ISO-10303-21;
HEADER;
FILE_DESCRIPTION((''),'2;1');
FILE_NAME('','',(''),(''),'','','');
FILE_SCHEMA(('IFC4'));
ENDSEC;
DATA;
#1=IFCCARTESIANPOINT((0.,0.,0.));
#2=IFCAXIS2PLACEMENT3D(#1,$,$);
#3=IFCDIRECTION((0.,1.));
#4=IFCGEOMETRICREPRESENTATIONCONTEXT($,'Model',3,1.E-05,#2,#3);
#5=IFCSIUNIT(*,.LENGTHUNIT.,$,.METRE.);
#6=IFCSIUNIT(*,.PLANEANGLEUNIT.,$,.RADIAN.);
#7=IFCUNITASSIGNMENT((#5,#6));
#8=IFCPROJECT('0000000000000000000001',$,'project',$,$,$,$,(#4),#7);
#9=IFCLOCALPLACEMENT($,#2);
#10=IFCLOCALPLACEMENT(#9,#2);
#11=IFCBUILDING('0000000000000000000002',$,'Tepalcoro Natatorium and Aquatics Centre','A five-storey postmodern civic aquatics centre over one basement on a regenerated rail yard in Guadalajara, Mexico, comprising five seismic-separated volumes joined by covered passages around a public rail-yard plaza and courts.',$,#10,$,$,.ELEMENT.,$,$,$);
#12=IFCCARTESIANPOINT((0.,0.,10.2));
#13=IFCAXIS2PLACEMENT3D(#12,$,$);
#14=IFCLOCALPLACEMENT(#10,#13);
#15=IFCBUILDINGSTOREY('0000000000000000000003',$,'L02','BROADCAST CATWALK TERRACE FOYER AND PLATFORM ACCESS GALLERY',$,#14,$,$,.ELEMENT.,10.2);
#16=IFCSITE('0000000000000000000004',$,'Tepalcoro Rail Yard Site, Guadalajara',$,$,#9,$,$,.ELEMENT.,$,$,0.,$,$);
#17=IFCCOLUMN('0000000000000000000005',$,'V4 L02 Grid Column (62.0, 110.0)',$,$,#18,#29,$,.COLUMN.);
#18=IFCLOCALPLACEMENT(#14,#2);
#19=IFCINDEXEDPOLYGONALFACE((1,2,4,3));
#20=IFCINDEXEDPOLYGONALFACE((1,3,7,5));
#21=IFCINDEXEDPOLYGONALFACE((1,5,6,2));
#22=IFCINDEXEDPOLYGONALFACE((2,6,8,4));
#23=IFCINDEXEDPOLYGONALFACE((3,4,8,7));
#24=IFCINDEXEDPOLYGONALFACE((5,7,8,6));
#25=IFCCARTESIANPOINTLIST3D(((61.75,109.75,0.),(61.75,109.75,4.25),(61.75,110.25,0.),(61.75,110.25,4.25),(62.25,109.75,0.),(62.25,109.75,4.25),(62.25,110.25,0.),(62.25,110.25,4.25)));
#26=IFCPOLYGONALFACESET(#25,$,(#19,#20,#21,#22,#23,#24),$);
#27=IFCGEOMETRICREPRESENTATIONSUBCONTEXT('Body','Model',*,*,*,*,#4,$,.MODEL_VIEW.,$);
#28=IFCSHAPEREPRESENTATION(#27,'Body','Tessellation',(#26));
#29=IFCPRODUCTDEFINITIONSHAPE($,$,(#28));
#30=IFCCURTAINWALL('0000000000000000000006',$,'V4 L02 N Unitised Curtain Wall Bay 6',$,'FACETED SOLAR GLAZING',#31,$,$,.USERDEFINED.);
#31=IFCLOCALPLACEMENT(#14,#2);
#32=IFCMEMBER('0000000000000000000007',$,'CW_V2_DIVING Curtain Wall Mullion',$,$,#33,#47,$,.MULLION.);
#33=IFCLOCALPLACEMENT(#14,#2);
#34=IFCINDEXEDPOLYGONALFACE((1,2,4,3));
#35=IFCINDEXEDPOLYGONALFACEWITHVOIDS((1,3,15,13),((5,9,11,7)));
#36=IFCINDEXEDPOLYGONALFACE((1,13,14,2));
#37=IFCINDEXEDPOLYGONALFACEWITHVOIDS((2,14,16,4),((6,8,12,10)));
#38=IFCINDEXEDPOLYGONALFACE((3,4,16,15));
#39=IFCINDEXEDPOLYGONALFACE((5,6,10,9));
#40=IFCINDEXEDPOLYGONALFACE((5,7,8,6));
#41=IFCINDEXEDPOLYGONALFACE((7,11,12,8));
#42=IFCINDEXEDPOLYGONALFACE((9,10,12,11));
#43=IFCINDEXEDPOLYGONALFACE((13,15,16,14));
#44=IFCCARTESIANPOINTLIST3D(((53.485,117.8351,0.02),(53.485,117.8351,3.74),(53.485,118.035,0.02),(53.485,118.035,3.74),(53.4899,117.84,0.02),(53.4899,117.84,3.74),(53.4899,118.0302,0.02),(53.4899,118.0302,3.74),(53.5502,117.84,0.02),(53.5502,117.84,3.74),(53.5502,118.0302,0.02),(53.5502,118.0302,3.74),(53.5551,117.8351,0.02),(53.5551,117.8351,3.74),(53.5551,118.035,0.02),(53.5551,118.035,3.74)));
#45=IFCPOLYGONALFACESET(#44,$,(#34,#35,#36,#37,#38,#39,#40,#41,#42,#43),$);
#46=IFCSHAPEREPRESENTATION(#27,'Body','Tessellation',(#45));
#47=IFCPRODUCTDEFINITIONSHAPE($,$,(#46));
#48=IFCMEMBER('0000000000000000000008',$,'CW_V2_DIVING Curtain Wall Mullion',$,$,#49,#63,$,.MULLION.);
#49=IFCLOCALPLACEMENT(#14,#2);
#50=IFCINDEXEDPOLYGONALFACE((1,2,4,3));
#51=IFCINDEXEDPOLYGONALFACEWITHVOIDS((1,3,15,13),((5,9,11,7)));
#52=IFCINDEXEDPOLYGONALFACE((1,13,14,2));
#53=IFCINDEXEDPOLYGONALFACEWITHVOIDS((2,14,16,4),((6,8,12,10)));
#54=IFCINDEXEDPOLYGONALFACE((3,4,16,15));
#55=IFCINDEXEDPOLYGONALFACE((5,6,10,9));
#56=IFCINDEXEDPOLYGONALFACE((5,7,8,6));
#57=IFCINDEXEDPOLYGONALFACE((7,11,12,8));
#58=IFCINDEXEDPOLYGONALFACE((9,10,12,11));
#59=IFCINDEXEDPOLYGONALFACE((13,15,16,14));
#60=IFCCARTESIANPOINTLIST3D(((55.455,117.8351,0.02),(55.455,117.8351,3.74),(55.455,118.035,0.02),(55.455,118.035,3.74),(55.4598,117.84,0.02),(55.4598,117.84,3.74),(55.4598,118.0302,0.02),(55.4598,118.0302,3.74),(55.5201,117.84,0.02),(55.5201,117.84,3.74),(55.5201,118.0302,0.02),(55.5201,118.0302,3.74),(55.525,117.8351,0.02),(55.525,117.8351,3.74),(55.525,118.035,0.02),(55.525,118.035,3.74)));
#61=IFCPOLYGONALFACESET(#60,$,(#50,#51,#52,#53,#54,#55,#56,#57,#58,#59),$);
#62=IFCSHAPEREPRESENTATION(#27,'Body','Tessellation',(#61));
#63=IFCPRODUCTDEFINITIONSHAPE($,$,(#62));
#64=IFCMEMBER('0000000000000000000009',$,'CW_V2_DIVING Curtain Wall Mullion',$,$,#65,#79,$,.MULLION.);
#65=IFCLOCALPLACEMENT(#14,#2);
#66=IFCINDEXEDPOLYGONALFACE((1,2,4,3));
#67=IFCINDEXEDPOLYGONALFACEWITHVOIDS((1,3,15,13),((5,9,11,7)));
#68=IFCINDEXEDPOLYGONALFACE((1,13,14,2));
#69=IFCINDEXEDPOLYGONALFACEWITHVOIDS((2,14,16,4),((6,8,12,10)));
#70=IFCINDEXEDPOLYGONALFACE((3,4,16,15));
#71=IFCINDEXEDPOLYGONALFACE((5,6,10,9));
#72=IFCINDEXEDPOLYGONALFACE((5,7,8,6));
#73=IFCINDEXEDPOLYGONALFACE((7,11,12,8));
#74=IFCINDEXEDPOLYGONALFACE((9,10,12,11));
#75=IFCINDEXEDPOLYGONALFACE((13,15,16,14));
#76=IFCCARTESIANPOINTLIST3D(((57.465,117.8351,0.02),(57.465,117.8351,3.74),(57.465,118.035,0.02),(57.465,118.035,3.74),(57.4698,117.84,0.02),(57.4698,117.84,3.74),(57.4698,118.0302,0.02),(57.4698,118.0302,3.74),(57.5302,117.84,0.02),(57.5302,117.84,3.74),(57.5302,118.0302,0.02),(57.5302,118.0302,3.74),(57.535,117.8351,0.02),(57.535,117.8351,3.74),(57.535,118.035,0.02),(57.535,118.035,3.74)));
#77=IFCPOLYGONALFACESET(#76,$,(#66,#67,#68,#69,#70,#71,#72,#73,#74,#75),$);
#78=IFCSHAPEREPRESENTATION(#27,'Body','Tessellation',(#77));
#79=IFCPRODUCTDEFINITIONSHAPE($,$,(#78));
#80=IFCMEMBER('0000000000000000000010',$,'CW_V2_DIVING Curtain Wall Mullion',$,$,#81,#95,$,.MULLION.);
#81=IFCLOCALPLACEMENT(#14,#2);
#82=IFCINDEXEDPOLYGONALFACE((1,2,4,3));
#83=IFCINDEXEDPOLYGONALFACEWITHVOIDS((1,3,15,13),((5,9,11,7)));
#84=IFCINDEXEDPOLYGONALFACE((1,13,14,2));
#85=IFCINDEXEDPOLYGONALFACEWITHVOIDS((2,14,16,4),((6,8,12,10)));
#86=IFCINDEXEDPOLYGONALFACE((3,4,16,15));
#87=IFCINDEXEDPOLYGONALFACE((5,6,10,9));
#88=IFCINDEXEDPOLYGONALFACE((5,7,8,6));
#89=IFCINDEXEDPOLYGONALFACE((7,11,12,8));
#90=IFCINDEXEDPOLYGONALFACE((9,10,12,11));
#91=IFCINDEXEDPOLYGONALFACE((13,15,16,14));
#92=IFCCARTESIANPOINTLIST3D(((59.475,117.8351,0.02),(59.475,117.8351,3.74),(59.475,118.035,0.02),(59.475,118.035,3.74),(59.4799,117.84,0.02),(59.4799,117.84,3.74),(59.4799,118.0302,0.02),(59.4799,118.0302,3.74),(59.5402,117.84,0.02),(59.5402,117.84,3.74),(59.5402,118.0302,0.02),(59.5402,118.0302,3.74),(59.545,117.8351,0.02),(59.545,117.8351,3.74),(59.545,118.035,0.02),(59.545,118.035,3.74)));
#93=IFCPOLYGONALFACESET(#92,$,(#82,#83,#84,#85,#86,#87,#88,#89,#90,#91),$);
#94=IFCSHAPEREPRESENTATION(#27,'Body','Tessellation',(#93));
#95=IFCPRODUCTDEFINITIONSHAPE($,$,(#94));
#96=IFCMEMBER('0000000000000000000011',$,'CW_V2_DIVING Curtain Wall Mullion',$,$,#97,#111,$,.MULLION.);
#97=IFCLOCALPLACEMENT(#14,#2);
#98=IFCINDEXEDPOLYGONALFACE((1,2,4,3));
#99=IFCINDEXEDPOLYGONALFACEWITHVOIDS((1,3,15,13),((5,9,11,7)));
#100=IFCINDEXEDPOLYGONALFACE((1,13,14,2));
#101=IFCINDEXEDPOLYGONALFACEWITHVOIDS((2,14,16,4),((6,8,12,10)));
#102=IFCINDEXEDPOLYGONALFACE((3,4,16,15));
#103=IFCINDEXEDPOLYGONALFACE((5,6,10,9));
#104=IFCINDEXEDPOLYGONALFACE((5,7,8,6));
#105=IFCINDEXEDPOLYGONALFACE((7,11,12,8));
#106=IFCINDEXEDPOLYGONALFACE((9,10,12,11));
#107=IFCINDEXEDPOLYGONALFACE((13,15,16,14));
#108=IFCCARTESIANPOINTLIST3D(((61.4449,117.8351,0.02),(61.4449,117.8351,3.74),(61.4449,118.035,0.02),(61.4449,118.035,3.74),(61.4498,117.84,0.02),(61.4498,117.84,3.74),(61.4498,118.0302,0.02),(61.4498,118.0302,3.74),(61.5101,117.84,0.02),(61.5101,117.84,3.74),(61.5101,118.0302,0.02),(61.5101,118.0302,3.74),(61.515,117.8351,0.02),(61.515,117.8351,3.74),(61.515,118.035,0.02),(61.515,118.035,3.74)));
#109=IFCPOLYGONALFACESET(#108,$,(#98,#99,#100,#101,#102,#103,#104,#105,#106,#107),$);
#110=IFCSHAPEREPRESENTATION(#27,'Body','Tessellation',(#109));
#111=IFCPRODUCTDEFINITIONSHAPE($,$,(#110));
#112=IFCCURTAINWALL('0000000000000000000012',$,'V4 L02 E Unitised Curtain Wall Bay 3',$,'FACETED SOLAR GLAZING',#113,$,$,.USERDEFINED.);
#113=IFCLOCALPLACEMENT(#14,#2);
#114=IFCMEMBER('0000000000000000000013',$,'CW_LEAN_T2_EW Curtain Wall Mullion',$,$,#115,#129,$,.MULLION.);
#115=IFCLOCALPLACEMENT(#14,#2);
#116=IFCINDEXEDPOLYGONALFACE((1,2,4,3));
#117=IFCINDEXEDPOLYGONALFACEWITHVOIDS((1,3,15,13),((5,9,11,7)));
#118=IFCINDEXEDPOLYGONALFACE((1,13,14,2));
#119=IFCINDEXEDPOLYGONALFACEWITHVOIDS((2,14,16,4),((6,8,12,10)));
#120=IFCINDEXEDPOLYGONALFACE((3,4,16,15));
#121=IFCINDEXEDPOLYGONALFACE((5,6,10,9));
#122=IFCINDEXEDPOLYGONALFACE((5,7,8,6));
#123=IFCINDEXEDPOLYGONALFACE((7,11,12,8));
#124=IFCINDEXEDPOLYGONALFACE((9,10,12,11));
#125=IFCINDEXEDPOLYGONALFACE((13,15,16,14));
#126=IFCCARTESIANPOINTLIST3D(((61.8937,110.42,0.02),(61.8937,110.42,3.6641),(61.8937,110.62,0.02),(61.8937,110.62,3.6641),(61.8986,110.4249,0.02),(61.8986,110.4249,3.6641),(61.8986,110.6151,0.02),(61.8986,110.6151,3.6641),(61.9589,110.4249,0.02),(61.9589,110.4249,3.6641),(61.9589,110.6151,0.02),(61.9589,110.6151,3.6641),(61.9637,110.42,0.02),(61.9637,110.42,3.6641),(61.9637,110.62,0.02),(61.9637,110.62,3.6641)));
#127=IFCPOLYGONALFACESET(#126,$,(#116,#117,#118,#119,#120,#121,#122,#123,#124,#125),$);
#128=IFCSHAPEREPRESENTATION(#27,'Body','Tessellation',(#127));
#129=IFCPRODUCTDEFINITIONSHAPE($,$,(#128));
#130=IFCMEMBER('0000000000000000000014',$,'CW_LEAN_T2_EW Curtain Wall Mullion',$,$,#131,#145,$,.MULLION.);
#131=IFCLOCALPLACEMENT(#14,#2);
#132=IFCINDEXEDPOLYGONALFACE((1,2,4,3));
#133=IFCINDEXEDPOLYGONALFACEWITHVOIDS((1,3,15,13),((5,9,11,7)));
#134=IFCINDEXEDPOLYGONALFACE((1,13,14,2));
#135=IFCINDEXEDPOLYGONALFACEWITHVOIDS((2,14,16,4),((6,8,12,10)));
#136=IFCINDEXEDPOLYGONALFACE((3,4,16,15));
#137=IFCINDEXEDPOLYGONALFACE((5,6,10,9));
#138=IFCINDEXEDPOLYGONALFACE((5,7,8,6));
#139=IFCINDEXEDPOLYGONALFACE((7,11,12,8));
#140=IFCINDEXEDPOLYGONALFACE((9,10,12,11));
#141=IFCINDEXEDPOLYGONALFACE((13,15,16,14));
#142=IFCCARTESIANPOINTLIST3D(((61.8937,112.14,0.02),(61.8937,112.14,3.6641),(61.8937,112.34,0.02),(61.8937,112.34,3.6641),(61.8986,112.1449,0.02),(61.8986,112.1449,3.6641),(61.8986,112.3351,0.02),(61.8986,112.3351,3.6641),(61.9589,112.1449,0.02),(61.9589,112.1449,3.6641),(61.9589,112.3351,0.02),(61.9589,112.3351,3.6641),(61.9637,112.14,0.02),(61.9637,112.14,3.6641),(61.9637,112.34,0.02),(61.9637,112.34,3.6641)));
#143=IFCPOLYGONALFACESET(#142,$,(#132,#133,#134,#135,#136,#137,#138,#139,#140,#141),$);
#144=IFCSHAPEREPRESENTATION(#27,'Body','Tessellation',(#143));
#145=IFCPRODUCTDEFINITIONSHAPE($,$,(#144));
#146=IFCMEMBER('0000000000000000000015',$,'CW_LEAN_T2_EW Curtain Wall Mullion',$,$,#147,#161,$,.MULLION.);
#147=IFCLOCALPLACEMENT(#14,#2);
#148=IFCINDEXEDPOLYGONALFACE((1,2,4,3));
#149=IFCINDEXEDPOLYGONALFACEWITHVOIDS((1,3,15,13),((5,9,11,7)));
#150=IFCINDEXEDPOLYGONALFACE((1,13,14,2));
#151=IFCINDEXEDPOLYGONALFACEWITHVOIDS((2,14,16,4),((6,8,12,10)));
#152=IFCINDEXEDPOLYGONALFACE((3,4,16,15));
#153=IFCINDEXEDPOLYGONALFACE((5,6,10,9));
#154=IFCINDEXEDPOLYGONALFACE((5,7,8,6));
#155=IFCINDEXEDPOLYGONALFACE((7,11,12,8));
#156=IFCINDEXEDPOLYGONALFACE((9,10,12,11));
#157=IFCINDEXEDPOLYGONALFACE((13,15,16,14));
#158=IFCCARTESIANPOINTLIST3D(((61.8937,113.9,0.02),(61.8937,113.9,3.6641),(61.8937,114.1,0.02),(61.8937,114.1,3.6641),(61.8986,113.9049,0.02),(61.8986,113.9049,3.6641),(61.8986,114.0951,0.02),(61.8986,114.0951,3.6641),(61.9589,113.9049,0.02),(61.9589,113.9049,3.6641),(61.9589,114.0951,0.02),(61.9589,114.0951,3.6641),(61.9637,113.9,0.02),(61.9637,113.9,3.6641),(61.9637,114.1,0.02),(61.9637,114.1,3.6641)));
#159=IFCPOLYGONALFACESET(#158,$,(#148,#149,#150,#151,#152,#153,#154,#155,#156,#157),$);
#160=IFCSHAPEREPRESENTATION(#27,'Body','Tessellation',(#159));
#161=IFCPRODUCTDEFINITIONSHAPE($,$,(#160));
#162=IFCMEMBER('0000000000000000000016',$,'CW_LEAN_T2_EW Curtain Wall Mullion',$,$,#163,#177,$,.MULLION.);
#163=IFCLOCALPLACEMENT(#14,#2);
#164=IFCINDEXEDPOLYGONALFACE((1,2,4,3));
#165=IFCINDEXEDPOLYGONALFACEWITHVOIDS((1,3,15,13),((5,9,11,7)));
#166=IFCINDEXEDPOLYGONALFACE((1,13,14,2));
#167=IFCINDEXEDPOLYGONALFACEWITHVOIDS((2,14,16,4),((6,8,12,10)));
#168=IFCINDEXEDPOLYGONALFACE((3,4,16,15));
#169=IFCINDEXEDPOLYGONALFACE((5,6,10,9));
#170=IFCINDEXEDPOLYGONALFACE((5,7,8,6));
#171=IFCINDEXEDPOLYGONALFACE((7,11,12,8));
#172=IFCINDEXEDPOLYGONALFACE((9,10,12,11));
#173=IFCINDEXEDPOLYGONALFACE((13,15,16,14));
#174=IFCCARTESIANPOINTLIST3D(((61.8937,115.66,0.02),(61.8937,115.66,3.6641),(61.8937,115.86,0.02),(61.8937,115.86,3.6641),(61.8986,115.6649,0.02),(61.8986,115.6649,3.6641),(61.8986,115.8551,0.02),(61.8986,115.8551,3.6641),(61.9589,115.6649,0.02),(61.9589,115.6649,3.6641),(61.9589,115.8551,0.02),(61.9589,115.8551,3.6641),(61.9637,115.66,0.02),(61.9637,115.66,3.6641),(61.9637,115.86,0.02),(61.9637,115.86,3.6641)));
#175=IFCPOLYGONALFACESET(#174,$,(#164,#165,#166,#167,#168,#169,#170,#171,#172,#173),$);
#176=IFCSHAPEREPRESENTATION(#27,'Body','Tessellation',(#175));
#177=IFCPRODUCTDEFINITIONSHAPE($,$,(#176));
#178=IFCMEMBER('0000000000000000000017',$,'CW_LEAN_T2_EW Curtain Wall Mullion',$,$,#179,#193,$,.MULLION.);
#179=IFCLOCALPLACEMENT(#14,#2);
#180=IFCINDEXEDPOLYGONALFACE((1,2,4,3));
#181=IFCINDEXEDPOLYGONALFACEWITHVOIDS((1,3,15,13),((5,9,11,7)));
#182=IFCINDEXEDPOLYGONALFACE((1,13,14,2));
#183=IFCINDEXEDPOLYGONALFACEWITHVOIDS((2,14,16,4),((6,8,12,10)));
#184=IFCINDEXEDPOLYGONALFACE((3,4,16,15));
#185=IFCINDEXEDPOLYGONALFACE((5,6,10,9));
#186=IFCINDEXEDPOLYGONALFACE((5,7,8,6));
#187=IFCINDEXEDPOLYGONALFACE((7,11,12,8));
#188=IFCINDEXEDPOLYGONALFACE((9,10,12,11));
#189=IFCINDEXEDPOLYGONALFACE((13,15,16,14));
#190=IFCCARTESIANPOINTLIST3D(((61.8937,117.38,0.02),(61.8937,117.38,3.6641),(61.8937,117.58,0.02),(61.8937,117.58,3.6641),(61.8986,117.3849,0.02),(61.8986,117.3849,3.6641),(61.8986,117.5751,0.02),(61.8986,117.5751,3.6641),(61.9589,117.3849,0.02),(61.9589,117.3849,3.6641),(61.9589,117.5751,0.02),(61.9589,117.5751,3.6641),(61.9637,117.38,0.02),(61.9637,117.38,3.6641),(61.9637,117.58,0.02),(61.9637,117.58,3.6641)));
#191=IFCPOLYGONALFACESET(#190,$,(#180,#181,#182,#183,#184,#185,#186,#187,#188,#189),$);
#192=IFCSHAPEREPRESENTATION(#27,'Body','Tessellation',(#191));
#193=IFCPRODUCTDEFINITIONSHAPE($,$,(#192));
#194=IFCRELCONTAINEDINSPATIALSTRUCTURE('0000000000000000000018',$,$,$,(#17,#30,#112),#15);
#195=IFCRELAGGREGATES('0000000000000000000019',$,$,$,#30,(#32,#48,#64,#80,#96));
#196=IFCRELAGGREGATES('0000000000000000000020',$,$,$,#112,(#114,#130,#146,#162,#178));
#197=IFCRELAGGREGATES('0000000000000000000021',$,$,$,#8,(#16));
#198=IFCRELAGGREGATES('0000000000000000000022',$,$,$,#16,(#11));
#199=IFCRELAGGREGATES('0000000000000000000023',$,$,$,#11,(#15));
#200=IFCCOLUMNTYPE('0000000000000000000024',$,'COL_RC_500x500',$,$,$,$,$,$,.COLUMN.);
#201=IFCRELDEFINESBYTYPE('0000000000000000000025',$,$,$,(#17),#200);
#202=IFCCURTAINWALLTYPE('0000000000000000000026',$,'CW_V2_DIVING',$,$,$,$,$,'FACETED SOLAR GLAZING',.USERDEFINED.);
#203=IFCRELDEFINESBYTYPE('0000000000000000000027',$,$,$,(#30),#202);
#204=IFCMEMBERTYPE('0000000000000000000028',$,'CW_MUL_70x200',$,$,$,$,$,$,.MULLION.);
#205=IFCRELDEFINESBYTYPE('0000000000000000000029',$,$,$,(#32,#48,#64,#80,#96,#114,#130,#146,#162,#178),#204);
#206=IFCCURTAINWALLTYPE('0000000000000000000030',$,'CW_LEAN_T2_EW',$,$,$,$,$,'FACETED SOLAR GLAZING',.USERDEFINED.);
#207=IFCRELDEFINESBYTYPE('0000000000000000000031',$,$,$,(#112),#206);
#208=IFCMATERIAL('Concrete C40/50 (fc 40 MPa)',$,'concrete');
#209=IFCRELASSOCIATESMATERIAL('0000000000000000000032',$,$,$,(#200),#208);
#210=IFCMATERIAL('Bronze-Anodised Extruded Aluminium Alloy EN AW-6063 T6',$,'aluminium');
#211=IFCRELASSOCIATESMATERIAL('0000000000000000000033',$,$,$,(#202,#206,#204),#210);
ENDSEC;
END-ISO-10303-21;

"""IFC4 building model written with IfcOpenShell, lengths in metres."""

from ifc_helpers import new_model, si_unit, direction, frame, origin, origin_2d, place, context, subcontext, project, spatial, rectangle, hollow_rectangle, extrude, material, material_profile, profile_set, type_object, element, aggregate, save


model = new_model("IFC4")

# Units and contexts
model_context = context("Model", 3, precision=1e-05, world=origin(), true_north=direction((0.0, 1.0)))
body_context = subcontext(model_context, "Body", "Model", "MODEL_VIEW")
ifc_project = project(units=[si_unit("LENGTHUNIT", "METRE"), si_unit("PLANEANGLEUNIT", "RADIAN")], contexts=[model_context])

# Site, building, storey
site_placement = place(None, origin())
site = spatial("IfcSite", under=ifc_project, at=site_placement, Name="Tepalcoro Rail Yard Site, Guadalajara", CompositionType="ELEMENT", RefElevation=0.0)
building_placement = place(site_placement, origin())
building = spatial("IfcBuilding", under=site, at=building_placement, Name="Tepalcoro Natatorium and Aquatics Centre", Description="A five-storey postmodern civic aquatics centre over one basement on a regenerated rail yard in Guadalajara, Mexico, comprising five seismic-separated volumes joined by covered passages around a public rail-yard plaza and courts.", CompositionType="ELEMENT")
storey_placement = place(building_placement, frame((0.0, 0.0, 10.2)))
storey = spatial("IfcBuildingStorey", under=building, at=storey_placement, Name="L02", Description="BROADCAST CATWALK TERRACE FOYER AND PLATFORM ACCESS GALLERY", CompositionType="ELEMENT", Elevation=10.2)

# Column
ifc_material_1 = material(Name="Concrete C40/50 (fc 40 MPa)", Category="concrete")
ifc_material_profile_1 = material_profile(ifc_material_1, rectangle(XDim=0.5, YDim=0.5, at=origin_2d()), Name="RC500x500")
ifc_profile_set_1 = profile_set([ifc_material_profile_1], Name="Concrete C40/50 (fc 40 MPa)")
column_type = type_object("IfcColumnType", Name="COL_RC_500x500", PredefinedType="COLUMN", material=ifc_profile_set_1)
column_placement = place(storey_placement, frame((62.0, 110.0, 0.0), z_axis=(0.0, 0.0, 1.0), x_axis=(1.0, 0.0, 0.0)))
element("IfcColumn", 1, at=column_placement, inside=storey, type_object=column_type, Name="V4 L02 Grid Column (62.0, 110.0)", PredefinedType="COLUMN", context=body_context, shape_type="SweptSolid", body=[
    extrude(rectangle(XDim=0.5, YDim=0.5, at=origin_2d()), origin(), (0.0, 0.0, 1.0), 4.25),
])

# Curtain walls, members
ifc_material_2 = material(Name="Bronze-Anodised Extruded Aluminium Alloy EN AW-6063 T6", Category="aluminium")
curtain_wall_type_1 = type_object("IfcCurtainWallType", Name="CW_V2_DIVING", ElementType="FACETED SOLAR GLAZING", PredefinedType="USERDEFINED", material=ifc_material_2)
curtain_wall_1_placement = place(storey_placement, origin())
curtain_wall_1 = element("IfcCurtainWall", 2, at=curtain_wall_1_placement, inside=storey, type_object=curtain_wall_type_1, Name="V4 L02 N Unitised Curtain Wall Bay 6", ObjectType="FACETED SOLAR GLAZING", PredefinedType="USERDEFINED")
ifc_material_profile_2 = material_profile(ifc_material_2, hollow_rectangle(XDim=0.0701, YDim=0.2, WallThickness=0.0049, at=origin_2d()), Name="AL70X200X5")
ifc_profile_set_2 = profile_set([ifc_material_profile_2], Name="Bronze-Anodised Extruded Aluminium Alloy EN AW-6063 T6")
member_type_1 = type_object("IfcMemberType", Name="CW_MUL_70x200", PredefinedType="MULLION", material=ifc_profile_set_2)
member_1_placement = place(storey_placement, frame((53.52, 117.9351, 0.02), z_axis=(0.0, 0.0, 1.0), x_axis=(1.0, 0.0, 0.0)))
member_1 = element("IfcMember", 3, at=member_1_placement, type_object=member_type_1, Name="CW_V2_DIVING Curtain Wall Mullion", PredefinedType="MULLION", context=body_context, shape_type="SweptSolid", body=[
    extrude(hollow_rectangle(XDim=0.0701, YDim=0.2, WallThickness=0.0049, at=origin_2d()), origin(), (0.0, 0.0, 1.0), 3.72),
])
member_2_placement = place(storey_placement, frame((55.49, 117.9351, 0.02), z_axis=(0.0, 0.0, 1.0), x_axis=(1.0, 0.0, 0.0)))
member_2 = element("IfcMember", 4, at=member_2_placement, type_object=member_type_1, Name="CW_V2_DIVING Curtain Wall Mullion", PredefinedType="MULLION", context=body_context, shape_type="SweptSolid", body=[
    extrude(hollow_rectangle(XDim=0.0701, YDim=0.2, WallThickness=0.0049, at=origin_2d()), origin(), (0.0, 0.0, 1.0), 3.72),
])
member_3_placement = place(storey_placement, frame((57.5, 117.9351, 0.02), z_axis=(0.0, 0.0, 1.0), x_axis=(1.0, 0.0, 0.0)))
member_3 = element("IfcMember", 5, at=member_3_placement, type_object=member_type_1, Name="CW_V2_DIVING Curtain Wall Mullion", PredefinedType="MULLION", context=body_context, shape_type="SweptSolid", body=[
    extrude(hollow_rectangle(XDim=0.0701, YDim=0.2, WallThickness=0.0049, at=origin_2d()), origin(), (0.0, 0.0, 1.0), 3.72),
])
member_4_placement = place(storey_placement, frame((59.51, 117.9351, 0.02), z_axis=(0.0, 0.0, 1.0), x_axis=(1.0, 0.0, 0.0)))
member_4 = element("IfcMember", 6, at=member_4_placement, type_object=member_type_1, Name="CW_V2_DIVING Curtain Wall Mullion", PredefinedType="MULLION", context=body_context, shape_type="SweptSolid", body=[
    extrude(hollow_rectangle(XDim=0.0701, YDim=0.2, WallThickness=0.0049, at=origin_2d()), origin(), (0.0, 0.0, 1.0), 3.72),
])
member_5_placement = place(storey_placement, frame((61.48, 117.9351, 0.02), z_axis=(0.0, 0.0, 1.0), x_axis=(1.0, 0.0, 0.0)))
member_5 = element("IfcMember", 7, at=member_5_placement, type_object=member_type_1, Name="CW_V2_DIVING Curtain Wall Mullion", PredefinedType="MULLION", context=body_context, shape_type="SweptSolid", body=[
    extrude(hollow_rectangle(XDim=0.0701, YDim=0.2, WallThickness=0.0049, at=origin_2d()), origin(), (0.0, 0.0, 1.0), 3.72),
])
curtain_wall_type_2 = type_object("IfcCurtainWallType", Name="CW_LEAN_T2_EW", ElementType="FACETED SOLAR GLAZING", PredefinedType="USERDEFINED", material=ifc_material_2)
curtain_wall_2_placement = place(storey_placement, origin())
curtain_wall_2 = element("IfcCurtainWall", 8, at=curtain_wall_2_placement, inside=storey, type_object=curtain_wall_type_2, Name="V4 L02 E Unitised Curtain Wall Bay 3", ObjectType="FACETED SOLAR GLAZING", PredefinedType="USERDEFINED")
member_6_placement = place(storey_placement, frame((61.9287, 110.52, 0.02), z_axis=(0.0, 0.0, 1.0), x_axis=(1.0, 0.0, 0.0)))
member_6 = element("IfcMember", 9, at=member_6_placement, type_object=member_type_1, Name="CW_LEAN_T2_EW Curtain Wall Mullion", PredefinedType="MULLION", context=body_context, shape_type="SweptSolid", body=[
    extrude(hollow_rectangle(XDim=0.0701, YDim=0.2, WallThickness=0.0049, at=origin_2d()), origin(), (0.0, 0.0, 1.0), 3.644),
])
member_7_placement = place(storey_placement, frame((61.9287, 112.24, 0.02), z_axis=(0.0, 0.0, 1.0), x_axis=(1.0, 0.0, 0.0)))
member_7 = element("IfcMember", 10, at=member_7_placement, type_object=member_type_1, Name="CW_LEAN_T2_EW Curtain Wall Mullion", PredefinedType="MULLION", context=body_context, shape_type="SweptSolid", body=[
    extrude(hollow_rectangle(XDim=0.0701, YDim=0.2, WallThickness=0.0049, at=origin_2d()), origin(), (0.0, 0.0, 1.0), 3.644),
])
member_8_placement = place(storey_placement, frame((61.9287, 114.0, 0.02), z_axis=(0.0, 0.0, 1.0), x_axis=(1.0, 0.0, 0.0)))
member_8 = element("IfcMember", 11, at=member_8_placement, type_object=member_type_1, Name="CW_LEAN_T2_EW Curtain Wall Mullion", PredefinedType="MULLION", context=body_context, shape_type="SweptSolid", body=[
    extrude(hollow_rectangle(XDim=0.0701, YDim=0.2, WallThickness=0.0049, at=origin_2d()), origin(), (0.0, 0.0, 1.0), 3.644),
])
member_9_placement = place(storey_placement, frame((61.9287, 115.76, 0.02), z_axis=(0.0, 0.0, 1.0), x_axis=(1.0, 0.0, 0.0)))
member_9 = element("IfcMember", 12, at=member_9_placement, type_object=member_type_1, Name="CW_LEAN_T2_EW Curtain Wall Mullion", PredefinedType="MULLION", context=body_context, shape_type="SweptSolid", body=[
    extrude(hollow_rectangle(XDim=0.0701, YDim=0.2, WallThickness=0.0049, at=origin_2d()), origin(), (0.0, 0.0, 1.0), 3.644),
])
member_10_placement = place(storey_placement, frame((61.9287, 117.48, 0.02), z_axis=(0.0, 0.0, 1.0), x_axis=(1.0, 0.0, 0.0)))
member_10 = element("IfcMember", 13, at=member_10_placement, type_object=member_type_1, Name="CW_LEAN_T2_EW Curtain Wall Mullion", PredefinedType="MULLION", context=body_context, shape_type="SweptSolid", body=[
    extrude(hollow_rectangle(XDim=0.0701, YDim=0.2, WallThickness=0.0049, at=origin_2d()), origin(), (0.0, 0.0, 1.0), 3.644),
])

aggregate(curtain_wall_1, [member_1, member_2, member_3, member_4, member_5])
aggregate(curtain_wall_2, [member_6, member_7, member_8, member_9, member_10])

save(model, "model.ifc")
